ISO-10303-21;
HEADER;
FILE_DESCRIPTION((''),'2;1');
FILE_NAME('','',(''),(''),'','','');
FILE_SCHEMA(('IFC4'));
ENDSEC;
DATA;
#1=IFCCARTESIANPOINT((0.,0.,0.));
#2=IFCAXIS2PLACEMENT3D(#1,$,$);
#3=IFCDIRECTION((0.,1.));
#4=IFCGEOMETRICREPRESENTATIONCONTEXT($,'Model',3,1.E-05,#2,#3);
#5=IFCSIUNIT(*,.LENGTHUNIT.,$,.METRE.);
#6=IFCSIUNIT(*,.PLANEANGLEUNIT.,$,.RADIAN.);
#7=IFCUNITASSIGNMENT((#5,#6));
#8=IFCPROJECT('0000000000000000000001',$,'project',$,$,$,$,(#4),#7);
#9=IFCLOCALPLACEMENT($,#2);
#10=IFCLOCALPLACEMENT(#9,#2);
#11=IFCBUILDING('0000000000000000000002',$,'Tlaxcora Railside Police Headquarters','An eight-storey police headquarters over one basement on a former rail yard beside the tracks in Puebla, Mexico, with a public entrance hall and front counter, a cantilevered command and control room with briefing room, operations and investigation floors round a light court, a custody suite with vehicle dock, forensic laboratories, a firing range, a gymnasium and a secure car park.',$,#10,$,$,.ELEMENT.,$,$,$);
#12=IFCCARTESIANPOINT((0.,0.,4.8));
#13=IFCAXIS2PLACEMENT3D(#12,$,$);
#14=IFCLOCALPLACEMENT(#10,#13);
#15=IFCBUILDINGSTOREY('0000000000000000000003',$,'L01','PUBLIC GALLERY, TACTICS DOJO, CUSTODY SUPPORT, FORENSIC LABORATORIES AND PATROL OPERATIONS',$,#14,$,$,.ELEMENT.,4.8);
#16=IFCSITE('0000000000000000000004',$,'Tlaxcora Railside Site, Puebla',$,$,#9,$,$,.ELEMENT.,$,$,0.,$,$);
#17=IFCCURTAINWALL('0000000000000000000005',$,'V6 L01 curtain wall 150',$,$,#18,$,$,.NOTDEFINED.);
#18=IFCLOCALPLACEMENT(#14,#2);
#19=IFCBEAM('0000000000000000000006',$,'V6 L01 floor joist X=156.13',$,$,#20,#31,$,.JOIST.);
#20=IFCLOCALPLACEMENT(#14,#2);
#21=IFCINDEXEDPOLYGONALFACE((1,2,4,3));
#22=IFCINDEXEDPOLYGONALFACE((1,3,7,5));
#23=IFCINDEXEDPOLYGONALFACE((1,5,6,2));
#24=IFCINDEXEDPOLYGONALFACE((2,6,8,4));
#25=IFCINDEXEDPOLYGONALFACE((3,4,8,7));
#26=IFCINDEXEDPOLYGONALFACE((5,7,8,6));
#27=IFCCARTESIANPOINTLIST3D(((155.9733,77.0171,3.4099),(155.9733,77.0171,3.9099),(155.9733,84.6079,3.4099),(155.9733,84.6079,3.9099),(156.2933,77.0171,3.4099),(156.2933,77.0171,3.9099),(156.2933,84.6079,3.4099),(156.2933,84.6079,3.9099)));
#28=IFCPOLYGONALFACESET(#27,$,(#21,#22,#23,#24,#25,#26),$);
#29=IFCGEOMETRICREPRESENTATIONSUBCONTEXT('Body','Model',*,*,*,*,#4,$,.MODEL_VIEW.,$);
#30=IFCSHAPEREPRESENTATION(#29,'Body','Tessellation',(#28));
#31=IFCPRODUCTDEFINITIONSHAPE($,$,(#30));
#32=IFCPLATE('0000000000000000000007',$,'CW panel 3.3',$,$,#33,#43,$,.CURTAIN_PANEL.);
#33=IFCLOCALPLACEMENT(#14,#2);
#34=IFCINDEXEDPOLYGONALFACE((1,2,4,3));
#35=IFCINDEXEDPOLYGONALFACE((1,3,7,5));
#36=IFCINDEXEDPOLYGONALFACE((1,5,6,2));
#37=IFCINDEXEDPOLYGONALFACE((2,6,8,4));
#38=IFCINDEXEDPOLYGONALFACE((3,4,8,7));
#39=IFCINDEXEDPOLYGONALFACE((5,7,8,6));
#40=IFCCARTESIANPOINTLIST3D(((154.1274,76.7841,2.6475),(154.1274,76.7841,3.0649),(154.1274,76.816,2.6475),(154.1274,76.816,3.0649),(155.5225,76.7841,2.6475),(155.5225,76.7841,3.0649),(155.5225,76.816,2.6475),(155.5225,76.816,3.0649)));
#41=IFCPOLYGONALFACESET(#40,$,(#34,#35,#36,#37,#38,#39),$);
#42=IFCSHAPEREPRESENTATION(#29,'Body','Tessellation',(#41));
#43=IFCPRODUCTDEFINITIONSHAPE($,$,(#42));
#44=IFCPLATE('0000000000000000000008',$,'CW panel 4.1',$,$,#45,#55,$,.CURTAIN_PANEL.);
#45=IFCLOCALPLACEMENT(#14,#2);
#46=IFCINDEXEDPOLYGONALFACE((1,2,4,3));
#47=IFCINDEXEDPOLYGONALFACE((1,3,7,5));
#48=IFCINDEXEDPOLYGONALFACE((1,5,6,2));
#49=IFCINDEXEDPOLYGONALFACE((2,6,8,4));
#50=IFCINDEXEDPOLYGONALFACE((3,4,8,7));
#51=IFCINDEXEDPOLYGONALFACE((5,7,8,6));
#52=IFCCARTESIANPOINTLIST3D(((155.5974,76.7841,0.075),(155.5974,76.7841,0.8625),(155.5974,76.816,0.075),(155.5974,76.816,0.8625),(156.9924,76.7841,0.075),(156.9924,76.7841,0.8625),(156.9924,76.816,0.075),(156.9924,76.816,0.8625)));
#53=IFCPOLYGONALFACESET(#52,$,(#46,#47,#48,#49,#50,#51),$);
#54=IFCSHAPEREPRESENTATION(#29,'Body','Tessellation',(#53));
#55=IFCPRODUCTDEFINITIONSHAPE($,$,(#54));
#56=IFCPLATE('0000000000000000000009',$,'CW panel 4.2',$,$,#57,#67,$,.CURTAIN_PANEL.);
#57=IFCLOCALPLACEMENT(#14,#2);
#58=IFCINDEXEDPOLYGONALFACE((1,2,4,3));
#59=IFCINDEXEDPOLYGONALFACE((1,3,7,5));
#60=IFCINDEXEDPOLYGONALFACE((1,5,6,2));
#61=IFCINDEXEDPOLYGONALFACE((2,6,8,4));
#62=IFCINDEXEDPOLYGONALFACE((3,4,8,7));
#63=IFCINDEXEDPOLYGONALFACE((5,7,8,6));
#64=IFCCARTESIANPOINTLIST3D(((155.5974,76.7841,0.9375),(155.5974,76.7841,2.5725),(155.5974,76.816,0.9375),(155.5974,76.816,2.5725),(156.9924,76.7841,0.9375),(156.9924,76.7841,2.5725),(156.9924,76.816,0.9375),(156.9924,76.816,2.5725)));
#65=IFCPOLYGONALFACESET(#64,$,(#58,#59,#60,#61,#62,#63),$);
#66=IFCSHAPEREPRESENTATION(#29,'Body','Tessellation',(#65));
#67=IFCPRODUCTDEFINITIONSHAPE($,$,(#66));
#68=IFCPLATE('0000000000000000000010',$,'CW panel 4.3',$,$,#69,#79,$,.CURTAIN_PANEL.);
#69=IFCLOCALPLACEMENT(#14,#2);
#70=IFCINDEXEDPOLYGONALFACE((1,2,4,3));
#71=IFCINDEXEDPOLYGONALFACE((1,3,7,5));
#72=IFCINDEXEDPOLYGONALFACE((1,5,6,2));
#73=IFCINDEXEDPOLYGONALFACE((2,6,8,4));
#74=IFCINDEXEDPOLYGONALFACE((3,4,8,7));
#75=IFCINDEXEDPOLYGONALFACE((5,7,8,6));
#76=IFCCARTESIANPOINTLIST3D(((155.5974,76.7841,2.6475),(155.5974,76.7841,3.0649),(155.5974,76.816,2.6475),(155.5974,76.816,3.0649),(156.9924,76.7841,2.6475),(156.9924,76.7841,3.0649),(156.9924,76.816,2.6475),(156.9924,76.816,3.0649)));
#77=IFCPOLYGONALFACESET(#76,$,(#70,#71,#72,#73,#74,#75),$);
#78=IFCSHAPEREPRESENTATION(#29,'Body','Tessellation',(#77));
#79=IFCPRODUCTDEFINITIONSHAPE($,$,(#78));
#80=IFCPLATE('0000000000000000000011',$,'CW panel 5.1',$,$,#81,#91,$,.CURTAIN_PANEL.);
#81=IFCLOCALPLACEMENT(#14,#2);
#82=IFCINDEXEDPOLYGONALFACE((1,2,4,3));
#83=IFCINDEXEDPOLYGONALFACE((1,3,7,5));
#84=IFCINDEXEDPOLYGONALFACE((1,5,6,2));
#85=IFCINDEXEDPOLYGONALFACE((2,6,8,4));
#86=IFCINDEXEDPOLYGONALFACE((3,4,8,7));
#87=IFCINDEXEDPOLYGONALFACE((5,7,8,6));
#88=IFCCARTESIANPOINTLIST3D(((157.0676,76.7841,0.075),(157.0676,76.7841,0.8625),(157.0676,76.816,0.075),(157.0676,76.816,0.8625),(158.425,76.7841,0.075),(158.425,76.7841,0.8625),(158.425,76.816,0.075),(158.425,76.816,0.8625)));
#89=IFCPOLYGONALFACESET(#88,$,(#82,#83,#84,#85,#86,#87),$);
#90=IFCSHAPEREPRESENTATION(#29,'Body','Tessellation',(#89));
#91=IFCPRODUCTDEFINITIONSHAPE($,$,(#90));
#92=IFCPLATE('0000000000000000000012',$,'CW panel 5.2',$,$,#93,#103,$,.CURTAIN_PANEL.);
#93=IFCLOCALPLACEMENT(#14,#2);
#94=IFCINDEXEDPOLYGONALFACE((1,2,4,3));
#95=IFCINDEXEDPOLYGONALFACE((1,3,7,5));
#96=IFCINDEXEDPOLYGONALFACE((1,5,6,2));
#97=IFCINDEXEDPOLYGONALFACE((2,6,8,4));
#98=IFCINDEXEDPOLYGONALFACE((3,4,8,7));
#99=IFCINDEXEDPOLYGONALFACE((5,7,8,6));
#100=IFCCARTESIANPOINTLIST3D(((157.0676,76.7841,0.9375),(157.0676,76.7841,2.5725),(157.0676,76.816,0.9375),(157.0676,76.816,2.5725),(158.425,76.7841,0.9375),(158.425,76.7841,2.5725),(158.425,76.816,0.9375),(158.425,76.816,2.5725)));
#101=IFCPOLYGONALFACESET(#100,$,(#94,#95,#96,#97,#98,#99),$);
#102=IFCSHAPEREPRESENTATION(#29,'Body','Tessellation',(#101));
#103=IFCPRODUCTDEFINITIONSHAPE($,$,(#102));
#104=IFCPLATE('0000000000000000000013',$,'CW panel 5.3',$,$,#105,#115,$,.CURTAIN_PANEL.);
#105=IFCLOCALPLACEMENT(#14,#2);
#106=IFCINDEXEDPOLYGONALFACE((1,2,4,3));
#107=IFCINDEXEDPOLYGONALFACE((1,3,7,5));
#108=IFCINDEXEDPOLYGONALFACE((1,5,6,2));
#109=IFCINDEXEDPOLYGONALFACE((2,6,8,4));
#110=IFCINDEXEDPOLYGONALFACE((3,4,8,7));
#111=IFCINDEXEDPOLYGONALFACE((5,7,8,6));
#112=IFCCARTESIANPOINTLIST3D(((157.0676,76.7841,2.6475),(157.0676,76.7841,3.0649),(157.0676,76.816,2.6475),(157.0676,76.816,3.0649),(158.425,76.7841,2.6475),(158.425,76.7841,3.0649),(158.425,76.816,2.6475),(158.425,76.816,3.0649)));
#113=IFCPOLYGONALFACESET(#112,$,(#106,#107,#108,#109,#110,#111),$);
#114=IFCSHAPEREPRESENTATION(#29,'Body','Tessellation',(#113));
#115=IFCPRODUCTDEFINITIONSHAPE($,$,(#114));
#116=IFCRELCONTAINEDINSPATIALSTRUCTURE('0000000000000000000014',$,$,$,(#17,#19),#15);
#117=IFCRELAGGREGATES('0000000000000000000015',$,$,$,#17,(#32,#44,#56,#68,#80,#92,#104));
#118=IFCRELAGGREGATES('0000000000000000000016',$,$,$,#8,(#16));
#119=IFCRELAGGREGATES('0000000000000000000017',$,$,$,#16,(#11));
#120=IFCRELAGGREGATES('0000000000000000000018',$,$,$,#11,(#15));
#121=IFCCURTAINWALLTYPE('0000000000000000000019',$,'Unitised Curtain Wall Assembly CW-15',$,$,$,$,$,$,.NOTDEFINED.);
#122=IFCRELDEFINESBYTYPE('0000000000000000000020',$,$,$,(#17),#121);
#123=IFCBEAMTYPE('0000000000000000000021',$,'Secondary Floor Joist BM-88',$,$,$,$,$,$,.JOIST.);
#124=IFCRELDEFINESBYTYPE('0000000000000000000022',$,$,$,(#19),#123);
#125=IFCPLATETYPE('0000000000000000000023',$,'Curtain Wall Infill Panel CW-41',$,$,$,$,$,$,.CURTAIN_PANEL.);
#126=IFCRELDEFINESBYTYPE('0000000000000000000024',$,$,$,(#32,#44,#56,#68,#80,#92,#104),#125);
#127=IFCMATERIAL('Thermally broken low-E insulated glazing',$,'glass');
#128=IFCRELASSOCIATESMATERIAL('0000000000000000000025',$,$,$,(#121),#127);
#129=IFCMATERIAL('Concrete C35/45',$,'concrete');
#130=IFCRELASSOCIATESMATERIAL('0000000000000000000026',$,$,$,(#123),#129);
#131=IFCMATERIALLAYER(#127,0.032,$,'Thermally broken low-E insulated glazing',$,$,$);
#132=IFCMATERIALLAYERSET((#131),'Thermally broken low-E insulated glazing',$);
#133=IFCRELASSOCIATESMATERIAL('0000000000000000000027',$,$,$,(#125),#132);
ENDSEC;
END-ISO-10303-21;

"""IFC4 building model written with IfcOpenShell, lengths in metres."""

from ifc_helpers import new_model, si_unit, direction, frame, origin, origin_2d, place, context, subcontext, project, spatial, rectangle, extrude, material, layer, layer_set, material_profile, profile_set, type_object, element, aggregate, save


model = new_model("IFC4")

# Units and contexts
model_context = context("Model", 3, precision=1e-05, world=origin(), true_north=direction((0.0, 1.0)))
body_context = subcontext(model_context, "Body", "Model", "MODEL_VIEW")
ifc_project = project(units=[si_unit("LENGTHUNIT", "METRE"), si_unit("PLANEANGLEUNIT", "RADIAN")], contexts=[model_context])

# Site, building, storey
site_placement = place(None, origin())
site = spatial("IfcSite", under=ifc_project, at=site_placement, Name="Tlaxcora Railside Site, Puebla", CompositionType="ELEMENT", RefElevation=0.0)
building_placement = place(site_placement, origin())
building = spatial("IfcBuilding", under=site, at=building_placement, Name="Tlaxcora Railside Police Headquarters", Description="An eight-storey police headquarters over one basement on a former rail yard beside the tracks in Puebla, Mexico, with a public entrance hall and front counter, a cantilevered command and control room with briefing room, operations and investigation floors round a light court, a custody suite with vehicle dock, forensic laboratories, a firing range, a gymnasium and a secure car park.", CompositionType="ELEMENT")
storey_placement = place(building_placement, frame((0.0, 0.0, 4.8)))
storey = spatial("IfcBuildingStorey", under=building, at=storey_placement, Name="L01", Description="PUBLIC GALLERY, TACTICS DOJO, CUSTODY SUPPORT, FORENSIC LABORATORIES AND PATROL OPERATIONS", CompositionType="ELEMENT", Elevation=4.8)

# Curtain wall
ifc_material_1 = material(Name="Thermally broken low-E insulated glazing", Category="glass")
curtain_wall_type = type_object("IfcCurtainWallType", Name="Unitised Curtain Wall Assembly CW-15", PredefinedType="NOTDEFINED", material=ifc_material_1)
curtain_wall_placement = place(storey_placement, origin())
curtain_wall = element("IfcCurtainWall", 1, at=curtain_wall_placement, inside=storey, type_object=curtain_wall_type, Name="V6 L01 curtain wall 150", PredefinedType="NOTDEFINED")

# Beam
ifc_material_2 = material(Name="Concrete C35/45", Category="concrete")
ifc_material_profile_1 = material_profile(ifc_material_2, rectangle(XDim=0.3201, YDim=0.5, at=origin_2d()), Name="RC320X500")
ifc_profile_set_1 = profile_set([ifc_material_profile_1], Name="Concrete C35/45")
beam_type_1 = type_object("IfcBeamType", Name="Secondary Floor Joist BM-88", PredefinedType="JOIST", material=ifc_profile_set_1)
beam_1_placement = place(storey_placement, frame((156.1333, 77.0171, 3.6599), z_axis=(0.0, 1.0, 0.0), x_axis=(-1.0, 0.0, 0.0)))
element("IfcBeam", 2, at=beam_1_placement, inside=storey, type_object=beam_type_1, Name="V6 L01 floor joist X=156.13", PredefinedType="JOIST", context=body_context, shape_type="SweptSolid", body=[
    extrude(rectangle(XDim=0.3201, YDim=0.5, at=origin_2d()), origin(), (0.0, 0.0, 1.0), 7.5908),
])

# Plates
ifc_layer = layer(ifc_material_1, 0.032, Name="Thermally broken low-E insulated glazing")
ifc_layer_set = layer_set([ifc_layer], Name="Thermally broken low-E insulated glazing")
plate_type = type_object("IfcPlateType", Name="Curtain Wall Infill Panel CW-41", PredefinedType="CURTAIN_PANEL", material=ifc_layer_set)
plate_1_placement = place(storey_placement, frame((154.825, 76.8, 2.6475), z_axis=(0.0, 0.0, 1.0), x_axis=(1.0, 0.0, 0.0)))
plate_1 = element("IfcPlate", 3, at=plate_1_placement, type_object=plate_type, Name="CW panel 3.3", PredefinedType="CURTAIN_PANEL", context=body_context, shape_type="SweptSolid", body=[
    extrude(rectangle(XDim=1.395, YDim=0.032, at=origin_2d()), origin(), (0.0, 0.0, 1.0), 0.4175),
])
plate_2_placement = place(storey_placement, frame((156.2949, 76.8, 0.075), z_axis=(0.0, 0.0, 1.0), x_axis=(1.0, 0.0, 0.0)))
plate_2 = element("IfcPlate", 4, at=plate_2_placement, type_object=plate_type, Name="CW panel 4.1", PredefinedType="CURTAIN_PANEL", context=body_context, shape_type="SweptSolid", body=[
    extrude(rectangle(XDim=1.395, YDim=0.032, at=origin_2d()), origin(), (0.0, 0.0, 1.0), 0.7876),
])
plate_3_placement = place(storey_placement, frame((156.2949, 76.8, 0.9375), z_axis=(0.0, 0.0, 1.0), x_axis=(1.0, 0.0, 0.0)))
plate_3 = element("IfcPlate", 5, at=plate_3_placement, type_object=plate_type, Name="CW panel 4.2", PredefinedType="CURTAIN_PANEL", context=body_context, shape_type="SweptSolid", body=[
    extrude(rectangle(XDim=1.395, YDim=0.032, at=origin_2d()), origin(), (0.0, 0.0, 1.0), 1.635),
])
plate_4_placement = place(storey_placement, frame((156.2949, 76.8, 2.6475), z_axis=(0.0, 0.0, 1.0), x_axis=(1.0, 0.0, 0.0)))
plate_4 = element("IfcPlate", 6, at=plate_4_placement, type_object=plate_type, Name="CW panel 4.3", PredefinedType="CURTAIN_PANEL", context=body_context, shape_type="SweptSolid", body=[
    extrude(rectangle(XDim=1.395, YDim=0.032, at=origin_2d()), origin(), (0.0, 0.0, 1.0), 0.4175),
])
plate_5_placement = place(storey_placement, frame((157.7463, 76.8, 0.075), z_axis=(0.0, 0.0, 1.0), x_axis=(1.0, 0.0, 0.0)))
plate_5 = element("IfcPlate", 7, at=plate_5_placement, type_object=plate_type, Name="CW panel 5.1", PredefinedType="CURTAIN_PANEL", context=body_context, shape_type="SweptSolid", body=[
    extrude(rectangle(XDim=1.3574, YDim=0.032, at=origin_2d()), origin(), (0.0, 0.0, 1.0), 0.7876),
])
plate_6_placement = place(storey_placement, frame((157.7463, 76.8, 0.9375), z_axis=(0.0, 0.0, 1.0), x_axis=(1.0, 0.0, 0.0)))
plate_6 = element("IfcPlate", 8, at=plate_6_placement, type_object=plate_type, Name="CW panel 5.2", PredefinedType="CURTAIN_PANEL", context=body_context, shape_type="SweptSolid", body=[
    extrude(rectangle(XDim=1.3574, YDim=0.032, at=origin_2d()), origin(), (0.0, 0.0, 1.0), 1.635),
])
plate_7_placement = place(storey_placement, frame((157.7463, 76.8, 2.6475), z_axis=(0.0, 0.0, 1.0), x_axis=(1.0, 0.0, 0.0)))
plate_7 = element("IfcPlate", 9, at=plate_7_placement, type_object=plate_type, Name="CW panel 5.3", PredefinedType="CURTAIN_PANEL", context=body_context, shape_type="SweptSolid", body=[
    extrude(rectangle(XDim=1.3574, YDim=0.032, at=origin_2d()), origin(), (0.0, 0.0, 1.0), 0.4175),
])
aggregate(curtain_wall, [plate_1, plate_2, plate_3, plate_4, plate_5, plate_6, plate_7])

save(model, "model.ifc")
